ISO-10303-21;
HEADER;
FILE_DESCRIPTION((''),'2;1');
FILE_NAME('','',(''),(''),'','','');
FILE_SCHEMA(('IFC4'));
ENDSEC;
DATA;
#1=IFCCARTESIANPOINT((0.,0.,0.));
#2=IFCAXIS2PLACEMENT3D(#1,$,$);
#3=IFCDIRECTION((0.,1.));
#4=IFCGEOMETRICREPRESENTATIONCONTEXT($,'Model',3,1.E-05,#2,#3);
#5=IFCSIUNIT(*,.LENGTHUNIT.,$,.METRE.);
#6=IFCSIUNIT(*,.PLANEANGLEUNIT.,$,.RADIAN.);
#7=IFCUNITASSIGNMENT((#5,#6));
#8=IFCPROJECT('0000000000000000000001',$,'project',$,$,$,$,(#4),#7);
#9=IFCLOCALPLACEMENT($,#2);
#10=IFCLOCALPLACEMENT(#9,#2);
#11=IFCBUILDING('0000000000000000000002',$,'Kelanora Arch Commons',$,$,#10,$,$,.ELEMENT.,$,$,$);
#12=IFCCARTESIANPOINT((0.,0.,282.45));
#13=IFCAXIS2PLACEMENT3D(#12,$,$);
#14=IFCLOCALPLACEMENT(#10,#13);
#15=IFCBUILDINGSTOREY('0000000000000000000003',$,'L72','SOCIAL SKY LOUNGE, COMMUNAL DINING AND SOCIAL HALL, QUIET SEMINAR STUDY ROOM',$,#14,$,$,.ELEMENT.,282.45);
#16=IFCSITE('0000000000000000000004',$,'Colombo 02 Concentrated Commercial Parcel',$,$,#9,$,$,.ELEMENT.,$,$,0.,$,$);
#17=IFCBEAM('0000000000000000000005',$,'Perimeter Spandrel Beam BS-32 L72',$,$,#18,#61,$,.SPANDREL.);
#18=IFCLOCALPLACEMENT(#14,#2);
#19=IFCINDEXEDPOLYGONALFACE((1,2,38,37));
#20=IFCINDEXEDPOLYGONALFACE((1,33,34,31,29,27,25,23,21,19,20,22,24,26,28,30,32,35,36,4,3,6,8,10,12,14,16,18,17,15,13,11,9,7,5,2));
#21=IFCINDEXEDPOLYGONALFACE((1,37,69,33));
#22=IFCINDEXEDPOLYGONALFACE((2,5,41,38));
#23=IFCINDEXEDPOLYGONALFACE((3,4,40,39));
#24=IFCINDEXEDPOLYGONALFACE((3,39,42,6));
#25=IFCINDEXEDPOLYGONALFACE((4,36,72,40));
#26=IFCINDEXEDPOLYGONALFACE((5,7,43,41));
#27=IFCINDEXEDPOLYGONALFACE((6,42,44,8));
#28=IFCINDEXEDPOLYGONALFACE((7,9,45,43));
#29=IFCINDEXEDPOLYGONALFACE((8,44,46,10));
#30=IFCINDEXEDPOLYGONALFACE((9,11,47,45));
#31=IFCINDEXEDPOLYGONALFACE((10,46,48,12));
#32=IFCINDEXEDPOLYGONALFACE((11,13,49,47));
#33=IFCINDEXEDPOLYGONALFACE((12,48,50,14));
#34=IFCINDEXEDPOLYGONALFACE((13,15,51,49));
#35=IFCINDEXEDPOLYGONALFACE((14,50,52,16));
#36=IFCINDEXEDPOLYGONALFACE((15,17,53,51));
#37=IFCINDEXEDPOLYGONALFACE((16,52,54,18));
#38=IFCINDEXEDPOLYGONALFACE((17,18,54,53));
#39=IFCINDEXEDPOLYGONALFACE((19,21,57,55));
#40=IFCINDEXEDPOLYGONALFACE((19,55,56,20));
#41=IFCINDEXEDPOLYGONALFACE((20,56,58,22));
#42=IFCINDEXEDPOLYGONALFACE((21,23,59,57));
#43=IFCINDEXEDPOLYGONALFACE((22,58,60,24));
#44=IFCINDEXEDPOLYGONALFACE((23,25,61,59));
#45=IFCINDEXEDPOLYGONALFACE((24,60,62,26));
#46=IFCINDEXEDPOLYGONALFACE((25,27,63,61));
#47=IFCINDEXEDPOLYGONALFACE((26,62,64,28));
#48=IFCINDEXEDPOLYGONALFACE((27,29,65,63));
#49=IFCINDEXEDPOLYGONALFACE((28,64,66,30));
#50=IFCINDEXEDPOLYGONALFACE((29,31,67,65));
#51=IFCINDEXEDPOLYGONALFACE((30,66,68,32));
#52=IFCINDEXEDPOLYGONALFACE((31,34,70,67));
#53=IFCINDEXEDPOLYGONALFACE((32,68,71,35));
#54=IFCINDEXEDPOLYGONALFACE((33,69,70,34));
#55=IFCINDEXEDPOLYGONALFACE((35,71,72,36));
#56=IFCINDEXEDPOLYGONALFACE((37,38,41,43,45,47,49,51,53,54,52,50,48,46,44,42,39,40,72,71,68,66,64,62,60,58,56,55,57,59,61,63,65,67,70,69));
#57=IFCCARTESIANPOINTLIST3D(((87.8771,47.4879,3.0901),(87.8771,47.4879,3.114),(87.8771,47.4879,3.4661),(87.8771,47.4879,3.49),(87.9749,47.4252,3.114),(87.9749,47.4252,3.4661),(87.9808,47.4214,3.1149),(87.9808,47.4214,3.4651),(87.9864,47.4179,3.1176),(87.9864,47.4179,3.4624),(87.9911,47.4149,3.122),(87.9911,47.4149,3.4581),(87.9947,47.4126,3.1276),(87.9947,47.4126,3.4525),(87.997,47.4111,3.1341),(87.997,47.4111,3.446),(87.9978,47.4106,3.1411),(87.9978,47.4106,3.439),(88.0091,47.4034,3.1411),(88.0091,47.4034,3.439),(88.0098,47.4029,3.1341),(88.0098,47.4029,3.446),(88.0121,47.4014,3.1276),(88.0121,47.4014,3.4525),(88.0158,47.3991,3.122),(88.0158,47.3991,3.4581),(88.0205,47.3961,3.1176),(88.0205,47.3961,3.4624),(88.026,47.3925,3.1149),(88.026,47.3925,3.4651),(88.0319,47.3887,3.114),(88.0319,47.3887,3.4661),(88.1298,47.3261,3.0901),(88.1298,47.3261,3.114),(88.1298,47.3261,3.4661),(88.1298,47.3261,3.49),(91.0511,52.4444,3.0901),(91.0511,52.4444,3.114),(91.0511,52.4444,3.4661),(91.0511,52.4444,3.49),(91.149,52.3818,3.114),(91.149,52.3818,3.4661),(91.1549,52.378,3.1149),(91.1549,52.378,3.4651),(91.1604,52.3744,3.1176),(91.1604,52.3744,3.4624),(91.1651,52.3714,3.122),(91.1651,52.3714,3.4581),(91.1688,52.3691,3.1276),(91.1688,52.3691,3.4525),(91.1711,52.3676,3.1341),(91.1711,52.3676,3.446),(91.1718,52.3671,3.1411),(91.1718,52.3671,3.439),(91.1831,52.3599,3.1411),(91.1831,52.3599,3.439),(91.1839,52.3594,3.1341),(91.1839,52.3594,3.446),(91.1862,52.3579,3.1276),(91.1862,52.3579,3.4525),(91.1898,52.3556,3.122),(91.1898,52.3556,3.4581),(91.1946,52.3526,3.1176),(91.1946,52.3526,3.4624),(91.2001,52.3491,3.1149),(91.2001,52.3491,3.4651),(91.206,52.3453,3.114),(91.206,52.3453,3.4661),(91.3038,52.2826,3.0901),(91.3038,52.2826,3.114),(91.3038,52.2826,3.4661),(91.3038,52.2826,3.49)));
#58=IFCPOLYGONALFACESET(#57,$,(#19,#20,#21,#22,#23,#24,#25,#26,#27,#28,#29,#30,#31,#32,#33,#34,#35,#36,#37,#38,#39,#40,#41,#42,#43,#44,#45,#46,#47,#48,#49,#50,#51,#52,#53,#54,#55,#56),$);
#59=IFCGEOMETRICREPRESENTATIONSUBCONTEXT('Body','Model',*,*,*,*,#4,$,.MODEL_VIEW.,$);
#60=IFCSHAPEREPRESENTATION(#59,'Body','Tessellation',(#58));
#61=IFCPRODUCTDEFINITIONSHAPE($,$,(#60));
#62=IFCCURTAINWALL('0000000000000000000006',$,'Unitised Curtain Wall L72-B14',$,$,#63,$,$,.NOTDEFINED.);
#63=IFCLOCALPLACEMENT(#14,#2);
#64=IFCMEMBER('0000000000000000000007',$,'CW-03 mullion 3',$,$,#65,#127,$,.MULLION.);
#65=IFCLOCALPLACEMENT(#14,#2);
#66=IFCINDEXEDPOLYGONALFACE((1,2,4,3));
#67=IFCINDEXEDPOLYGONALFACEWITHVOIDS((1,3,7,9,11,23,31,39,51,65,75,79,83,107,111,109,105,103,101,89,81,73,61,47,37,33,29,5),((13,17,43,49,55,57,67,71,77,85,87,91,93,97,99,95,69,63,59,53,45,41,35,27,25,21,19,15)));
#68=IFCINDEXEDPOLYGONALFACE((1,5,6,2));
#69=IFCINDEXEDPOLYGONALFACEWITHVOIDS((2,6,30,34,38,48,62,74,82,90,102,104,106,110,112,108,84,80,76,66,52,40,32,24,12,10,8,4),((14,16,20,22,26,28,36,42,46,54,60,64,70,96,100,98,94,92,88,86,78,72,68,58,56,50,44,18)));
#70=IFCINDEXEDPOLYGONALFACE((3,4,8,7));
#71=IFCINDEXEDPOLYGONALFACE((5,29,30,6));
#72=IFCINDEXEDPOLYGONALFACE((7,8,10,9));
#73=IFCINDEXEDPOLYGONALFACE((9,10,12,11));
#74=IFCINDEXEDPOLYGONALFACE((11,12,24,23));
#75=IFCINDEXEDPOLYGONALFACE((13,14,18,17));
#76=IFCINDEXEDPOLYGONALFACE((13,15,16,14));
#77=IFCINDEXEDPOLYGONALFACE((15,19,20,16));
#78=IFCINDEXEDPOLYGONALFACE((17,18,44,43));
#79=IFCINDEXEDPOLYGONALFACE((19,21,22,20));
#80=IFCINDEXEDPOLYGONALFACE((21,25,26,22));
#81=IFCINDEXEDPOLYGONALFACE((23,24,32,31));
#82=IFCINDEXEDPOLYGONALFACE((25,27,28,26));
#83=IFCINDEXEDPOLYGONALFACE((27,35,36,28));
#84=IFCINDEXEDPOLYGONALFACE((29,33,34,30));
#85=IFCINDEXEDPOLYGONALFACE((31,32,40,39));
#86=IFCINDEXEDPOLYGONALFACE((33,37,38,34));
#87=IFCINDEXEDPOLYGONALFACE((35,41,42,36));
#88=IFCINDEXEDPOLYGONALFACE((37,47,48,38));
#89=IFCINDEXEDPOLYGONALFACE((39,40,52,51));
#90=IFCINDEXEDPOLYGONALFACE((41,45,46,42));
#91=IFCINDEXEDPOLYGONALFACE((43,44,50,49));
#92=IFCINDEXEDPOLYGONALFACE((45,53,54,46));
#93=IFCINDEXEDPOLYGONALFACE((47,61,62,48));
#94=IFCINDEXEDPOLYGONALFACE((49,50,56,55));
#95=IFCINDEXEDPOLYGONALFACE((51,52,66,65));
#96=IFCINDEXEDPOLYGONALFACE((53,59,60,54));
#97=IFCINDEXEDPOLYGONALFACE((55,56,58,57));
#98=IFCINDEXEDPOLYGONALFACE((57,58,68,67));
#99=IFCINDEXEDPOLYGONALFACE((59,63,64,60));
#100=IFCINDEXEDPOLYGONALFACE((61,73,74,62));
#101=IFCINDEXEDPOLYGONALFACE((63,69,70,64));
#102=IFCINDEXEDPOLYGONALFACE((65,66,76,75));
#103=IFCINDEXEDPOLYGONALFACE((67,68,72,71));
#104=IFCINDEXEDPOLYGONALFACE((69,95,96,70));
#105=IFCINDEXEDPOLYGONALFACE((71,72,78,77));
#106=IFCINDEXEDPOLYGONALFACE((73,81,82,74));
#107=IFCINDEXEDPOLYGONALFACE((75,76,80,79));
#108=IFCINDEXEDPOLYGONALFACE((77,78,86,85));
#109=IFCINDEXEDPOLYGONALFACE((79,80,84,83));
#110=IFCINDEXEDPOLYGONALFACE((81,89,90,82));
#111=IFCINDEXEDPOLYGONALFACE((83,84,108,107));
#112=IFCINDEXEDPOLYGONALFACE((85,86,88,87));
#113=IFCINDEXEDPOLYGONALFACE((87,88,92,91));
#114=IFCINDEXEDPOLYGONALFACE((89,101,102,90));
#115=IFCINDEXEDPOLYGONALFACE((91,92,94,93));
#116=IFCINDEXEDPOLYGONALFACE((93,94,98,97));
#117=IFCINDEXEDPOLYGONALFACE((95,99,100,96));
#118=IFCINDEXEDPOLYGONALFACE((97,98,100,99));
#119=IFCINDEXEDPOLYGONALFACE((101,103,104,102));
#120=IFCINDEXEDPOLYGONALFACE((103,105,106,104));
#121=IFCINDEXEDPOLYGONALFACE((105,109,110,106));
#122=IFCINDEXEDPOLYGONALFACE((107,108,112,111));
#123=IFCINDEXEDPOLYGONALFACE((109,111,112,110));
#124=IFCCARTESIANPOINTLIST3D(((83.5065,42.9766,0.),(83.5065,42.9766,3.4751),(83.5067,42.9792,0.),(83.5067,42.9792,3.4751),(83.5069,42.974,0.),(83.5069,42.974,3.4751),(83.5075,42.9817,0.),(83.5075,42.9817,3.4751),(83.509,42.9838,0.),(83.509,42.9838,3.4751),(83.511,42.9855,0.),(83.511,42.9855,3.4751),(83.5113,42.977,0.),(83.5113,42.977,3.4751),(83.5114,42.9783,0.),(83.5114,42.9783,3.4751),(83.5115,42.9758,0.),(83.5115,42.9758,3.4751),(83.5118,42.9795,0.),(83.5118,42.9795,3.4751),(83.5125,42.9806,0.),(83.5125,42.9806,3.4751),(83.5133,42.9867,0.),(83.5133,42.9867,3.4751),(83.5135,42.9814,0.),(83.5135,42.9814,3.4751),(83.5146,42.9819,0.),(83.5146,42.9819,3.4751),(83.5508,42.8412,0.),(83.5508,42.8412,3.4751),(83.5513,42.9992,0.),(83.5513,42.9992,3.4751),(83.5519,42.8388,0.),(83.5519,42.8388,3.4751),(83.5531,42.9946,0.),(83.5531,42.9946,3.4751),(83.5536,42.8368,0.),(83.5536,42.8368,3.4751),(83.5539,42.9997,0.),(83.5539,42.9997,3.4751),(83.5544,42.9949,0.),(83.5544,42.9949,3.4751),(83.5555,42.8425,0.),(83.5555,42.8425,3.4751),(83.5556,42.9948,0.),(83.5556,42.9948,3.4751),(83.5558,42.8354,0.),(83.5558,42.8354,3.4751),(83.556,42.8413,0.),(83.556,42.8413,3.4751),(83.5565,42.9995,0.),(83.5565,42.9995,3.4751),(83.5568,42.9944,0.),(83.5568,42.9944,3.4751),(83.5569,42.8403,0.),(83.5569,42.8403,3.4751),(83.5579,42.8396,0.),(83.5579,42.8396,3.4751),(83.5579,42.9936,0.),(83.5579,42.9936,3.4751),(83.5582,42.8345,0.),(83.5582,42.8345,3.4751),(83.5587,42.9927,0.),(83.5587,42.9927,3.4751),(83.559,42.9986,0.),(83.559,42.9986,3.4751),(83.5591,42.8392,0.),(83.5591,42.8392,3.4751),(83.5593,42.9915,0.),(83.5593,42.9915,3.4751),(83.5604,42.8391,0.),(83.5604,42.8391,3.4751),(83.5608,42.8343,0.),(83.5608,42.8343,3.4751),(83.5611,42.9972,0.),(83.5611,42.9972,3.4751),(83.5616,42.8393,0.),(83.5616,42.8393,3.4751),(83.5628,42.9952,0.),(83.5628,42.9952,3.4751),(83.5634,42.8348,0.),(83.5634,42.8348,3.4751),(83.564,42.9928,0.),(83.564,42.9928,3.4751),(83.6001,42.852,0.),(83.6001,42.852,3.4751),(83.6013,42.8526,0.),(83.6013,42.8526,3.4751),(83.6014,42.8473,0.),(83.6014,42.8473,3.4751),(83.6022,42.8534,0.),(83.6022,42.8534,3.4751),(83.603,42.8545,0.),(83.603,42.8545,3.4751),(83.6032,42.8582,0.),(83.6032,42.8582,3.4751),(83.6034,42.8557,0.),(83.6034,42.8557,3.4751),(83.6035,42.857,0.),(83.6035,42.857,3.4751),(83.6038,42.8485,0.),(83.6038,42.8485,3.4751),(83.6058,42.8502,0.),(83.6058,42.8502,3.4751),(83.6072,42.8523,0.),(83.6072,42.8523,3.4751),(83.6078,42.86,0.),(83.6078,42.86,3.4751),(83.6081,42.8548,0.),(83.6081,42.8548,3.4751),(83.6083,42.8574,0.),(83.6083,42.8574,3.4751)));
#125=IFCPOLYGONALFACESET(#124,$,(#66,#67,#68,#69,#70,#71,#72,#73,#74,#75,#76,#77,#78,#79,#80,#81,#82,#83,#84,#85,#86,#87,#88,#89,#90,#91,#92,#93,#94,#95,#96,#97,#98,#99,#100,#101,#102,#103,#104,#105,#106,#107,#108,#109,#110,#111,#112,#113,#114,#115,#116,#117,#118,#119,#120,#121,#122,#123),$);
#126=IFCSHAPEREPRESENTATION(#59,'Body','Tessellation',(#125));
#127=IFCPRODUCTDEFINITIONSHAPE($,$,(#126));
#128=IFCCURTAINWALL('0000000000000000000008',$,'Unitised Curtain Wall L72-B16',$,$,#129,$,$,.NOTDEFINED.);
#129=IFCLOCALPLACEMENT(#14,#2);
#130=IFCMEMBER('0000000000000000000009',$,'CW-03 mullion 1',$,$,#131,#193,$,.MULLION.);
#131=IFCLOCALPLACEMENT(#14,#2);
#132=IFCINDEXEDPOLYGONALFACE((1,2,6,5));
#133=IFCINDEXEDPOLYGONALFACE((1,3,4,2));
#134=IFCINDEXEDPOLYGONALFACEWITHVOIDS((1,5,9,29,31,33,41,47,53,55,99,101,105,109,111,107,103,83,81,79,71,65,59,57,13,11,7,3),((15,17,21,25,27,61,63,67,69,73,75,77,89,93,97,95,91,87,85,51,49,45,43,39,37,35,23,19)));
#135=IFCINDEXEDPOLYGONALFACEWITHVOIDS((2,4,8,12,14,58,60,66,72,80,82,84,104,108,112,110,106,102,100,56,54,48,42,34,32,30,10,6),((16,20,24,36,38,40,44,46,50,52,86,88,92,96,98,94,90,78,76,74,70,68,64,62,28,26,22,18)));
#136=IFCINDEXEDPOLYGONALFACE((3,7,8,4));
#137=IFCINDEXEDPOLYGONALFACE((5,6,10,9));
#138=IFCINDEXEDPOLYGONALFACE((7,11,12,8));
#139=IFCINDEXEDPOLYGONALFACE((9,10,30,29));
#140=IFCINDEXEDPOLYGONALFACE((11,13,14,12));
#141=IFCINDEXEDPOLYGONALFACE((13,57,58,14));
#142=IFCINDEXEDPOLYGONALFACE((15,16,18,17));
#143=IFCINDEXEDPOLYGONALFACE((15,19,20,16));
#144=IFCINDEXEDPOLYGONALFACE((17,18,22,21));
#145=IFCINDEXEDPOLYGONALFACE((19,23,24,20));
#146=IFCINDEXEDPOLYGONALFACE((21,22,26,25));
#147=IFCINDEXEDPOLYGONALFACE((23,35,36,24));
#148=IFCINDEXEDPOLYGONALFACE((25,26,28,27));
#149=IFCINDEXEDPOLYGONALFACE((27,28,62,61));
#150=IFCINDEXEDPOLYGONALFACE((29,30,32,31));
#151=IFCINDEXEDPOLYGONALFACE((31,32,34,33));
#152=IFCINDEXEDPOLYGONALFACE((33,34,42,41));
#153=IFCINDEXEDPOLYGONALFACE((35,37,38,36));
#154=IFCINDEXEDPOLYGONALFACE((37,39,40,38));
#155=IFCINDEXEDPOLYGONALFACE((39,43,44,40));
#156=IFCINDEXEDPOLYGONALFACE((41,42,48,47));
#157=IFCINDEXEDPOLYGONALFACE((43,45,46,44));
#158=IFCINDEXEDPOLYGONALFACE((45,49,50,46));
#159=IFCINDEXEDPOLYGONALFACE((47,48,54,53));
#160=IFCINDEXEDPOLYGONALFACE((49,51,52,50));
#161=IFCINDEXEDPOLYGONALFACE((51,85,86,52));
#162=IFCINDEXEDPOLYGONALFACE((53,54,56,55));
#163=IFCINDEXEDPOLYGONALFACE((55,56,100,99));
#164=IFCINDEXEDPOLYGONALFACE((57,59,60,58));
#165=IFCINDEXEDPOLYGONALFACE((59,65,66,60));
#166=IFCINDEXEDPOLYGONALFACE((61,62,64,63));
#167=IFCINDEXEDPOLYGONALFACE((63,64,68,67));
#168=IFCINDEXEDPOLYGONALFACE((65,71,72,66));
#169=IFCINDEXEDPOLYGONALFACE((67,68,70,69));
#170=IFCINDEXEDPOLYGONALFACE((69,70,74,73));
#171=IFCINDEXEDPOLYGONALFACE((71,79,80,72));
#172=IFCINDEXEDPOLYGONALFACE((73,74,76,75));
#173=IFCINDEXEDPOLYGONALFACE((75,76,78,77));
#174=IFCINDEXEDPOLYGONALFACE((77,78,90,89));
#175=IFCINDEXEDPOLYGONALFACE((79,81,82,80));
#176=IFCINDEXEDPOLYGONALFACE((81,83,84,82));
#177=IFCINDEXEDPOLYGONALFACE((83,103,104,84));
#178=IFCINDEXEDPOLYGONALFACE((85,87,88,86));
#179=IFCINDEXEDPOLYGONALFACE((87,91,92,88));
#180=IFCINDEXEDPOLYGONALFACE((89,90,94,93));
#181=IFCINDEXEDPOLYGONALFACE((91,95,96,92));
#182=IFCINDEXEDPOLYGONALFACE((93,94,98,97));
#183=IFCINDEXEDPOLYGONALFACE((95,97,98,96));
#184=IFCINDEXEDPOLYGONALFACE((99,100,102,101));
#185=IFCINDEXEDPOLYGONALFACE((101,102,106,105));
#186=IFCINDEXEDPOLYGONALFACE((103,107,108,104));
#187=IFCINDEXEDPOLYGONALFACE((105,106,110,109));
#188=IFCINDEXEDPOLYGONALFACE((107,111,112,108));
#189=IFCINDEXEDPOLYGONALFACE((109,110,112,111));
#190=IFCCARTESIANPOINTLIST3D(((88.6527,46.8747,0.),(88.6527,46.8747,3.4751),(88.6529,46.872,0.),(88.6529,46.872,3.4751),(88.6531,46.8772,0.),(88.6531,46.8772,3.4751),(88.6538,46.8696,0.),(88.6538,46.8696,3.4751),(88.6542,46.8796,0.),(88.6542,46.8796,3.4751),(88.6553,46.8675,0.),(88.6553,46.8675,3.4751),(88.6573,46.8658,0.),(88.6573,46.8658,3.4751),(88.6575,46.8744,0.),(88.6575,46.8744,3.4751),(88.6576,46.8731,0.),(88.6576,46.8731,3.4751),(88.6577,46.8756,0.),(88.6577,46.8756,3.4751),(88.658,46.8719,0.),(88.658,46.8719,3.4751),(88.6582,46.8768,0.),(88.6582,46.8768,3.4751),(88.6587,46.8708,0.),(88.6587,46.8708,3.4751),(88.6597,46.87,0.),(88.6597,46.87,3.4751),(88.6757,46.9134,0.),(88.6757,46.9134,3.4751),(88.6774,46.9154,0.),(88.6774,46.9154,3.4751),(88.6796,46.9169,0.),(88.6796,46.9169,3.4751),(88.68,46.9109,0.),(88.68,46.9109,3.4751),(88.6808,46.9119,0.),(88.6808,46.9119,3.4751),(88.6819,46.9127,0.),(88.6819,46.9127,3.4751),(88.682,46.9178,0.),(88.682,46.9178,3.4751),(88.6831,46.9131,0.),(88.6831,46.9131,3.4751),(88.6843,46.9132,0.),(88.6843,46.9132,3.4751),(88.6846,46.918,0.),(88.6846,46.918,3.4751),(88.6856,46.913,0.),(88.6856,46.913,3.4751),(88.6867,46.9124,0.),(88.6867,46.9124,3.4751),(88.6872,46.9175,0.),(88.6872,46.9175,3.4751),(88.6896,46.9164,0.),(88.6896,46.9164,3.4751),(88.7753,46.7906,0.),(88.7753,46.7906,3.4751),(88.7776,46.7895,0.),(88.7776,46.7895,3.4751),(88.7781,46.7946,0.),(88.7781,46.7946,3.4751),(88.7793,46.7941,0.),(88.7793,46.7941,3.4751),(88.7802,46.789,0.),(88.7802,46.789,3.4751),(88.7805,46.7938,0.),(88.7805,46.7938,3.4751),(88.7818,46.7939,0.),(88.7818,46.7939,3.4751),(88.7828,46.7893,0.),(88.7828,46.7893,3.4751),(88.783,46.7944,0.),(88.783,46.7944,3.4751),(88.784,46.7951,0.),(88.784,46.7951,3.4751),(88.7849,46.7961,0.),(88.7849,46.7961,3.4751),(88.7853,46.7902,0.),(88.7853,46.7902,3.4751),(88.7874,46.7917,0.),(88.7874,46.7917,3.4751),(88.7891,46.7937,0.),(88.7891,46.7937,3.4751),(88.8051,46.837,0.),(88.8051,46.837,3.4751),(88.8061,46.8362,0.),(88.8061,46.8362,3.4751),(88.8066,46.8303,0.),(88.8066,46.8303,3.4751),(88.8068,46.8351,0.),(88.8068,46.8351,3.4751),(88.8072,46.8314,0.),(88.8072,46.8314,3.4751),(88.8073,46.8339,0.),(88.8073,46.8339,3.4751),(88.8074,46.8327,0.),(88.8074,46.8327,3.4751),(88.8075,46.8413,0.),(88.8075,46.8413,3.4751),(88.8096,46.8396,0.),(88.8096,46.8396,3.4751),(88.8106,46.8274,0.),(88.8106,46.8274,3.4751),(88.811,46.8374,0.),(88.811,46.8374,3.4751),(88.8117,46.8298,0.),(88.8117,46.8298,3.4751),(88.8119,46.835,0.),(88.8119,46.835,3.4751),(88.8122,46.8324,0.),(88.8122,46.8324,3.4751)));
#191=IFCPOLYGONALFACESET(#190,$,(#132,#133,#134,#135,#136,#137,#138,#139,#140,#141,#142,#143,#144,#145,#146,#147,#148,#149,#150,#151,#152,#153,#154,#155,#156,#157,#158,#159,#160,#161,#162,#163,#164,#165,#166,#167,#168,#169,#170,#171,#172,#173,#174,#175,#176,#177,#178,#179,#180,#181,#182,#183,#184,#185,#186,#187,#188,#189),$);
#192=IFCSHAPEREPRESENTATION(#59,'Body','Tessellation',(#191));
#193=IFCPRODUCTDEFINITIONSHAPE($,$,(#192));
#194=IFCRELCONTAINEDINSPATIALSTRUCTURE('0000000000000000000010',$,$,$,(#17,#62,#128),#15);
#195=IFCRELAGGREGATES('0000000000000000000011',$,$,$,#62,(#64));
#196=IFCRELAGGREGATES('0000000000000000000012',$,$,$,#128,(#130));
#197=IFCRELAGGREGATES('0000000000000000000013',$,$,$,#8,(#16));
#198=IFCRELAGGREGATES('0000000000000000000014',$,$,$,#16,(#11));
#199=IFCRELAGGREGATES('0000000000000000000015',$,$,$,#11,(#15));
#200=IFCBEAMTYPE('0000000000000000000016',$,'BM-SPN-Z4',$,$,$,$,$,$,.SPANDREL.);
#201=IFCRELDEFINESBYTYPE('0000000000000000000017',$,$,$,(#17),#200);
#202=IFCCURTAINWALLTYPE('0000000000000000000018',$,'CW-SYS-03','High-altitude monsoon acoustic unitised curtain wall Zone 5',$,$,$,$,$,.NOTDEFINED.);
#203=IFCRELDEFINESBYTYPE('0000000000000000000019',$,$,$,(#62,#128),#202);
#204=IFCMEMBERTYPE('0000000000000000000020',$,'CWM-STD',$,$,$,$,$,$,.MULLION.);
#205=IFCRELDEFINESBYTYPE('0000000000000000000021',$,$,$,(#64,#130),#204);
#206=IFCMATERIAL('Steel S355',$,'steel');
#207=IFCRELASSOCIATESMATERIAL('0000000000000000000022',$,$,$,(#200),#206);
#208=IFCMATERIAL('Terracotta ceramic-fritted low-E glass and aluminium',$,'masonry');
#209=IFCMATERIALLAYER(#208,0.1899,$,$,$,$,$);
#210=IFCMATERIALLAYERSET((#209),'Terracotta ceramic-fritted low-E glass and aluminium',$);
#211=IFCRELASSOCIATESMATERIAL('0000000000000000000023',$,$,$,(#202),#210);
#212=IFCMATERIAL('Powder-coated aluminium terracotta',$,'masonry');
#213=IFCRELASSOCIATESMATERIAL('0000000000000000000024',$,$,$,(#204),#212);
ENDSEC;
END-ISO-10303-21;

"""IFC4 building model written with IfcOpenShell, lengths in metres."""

from ifc_helpers import new_model, si_unit, direction, frame, origin, origin_2d, place, context, subcontext, project, spatial, hollow_rectangle, i_section, extrude, material, layer, layer_set, material_profile, profile_set, type_object, element, aggregate, save


model = new_model("IFC4")

# Units and contexts
model_context = context("Model", 3, precision=1e-05, world=origin(), true_north=direction((0.0, 1.0)))
body_context = subcontext(model_context, "Body", "Model", "MODEL_VIEW")
ifc_project = project(units=[si_unit("LENGTHUNIT", "METRE"), si_unit("PLANEANGLEUNIT", "RADIAN")], contexts=[model_context])

# Site, building, storey
site_placement = place(None, origin())
site = spatial("IfcSite", under=ifc_project, at=site_placement, Name="Colombo 02 Concentrated Commercial Parcel", CompositionType="ELEMENT", RefElevation=0.0)
building_placement = place(site_placement, origin())
building = spatial("IfcBuilding", under=site, at=building_placement, Name="Kelanora Arch Commons", CompositionType="ELEMENT")
storey_placement = place(building_placement, frame((0.0, 0.0, 282.45)))
storey = spatial("IfcBuildingStorey", under=building, at=storey_placement, Name="L72", Description="SOCIAL SKY LOUNGE, COMMUNAL DINING AND SOCIAL HALL, QUIET SEMINAR STUDY ROOM", CompositionType="ELEMENT", Elevation=282.45)

# Beam
ifc_material_1 = material(Name="Steel S355", Category="steel")
ifc_material_profile_1 = material_profile(ifc_material_1, i_section(OverallWidth=0.3, OverallDepth=0.3999, WebThickness=0.0134, FlangeThickness=0.0239, FilletRadius=0.0271, at=origin_2d()), Name="HEB400")
ifc_profile_set_1 = profile_set([ifc_material_profile_1], Name="Steel S355")
beam_type_1 = type_object("IfcBeamType", Name="BM-SPN-Z4", PredefinedType="SPANDREL", material=ifc_profile_set_1)
beam_1_placement = place(storey_placement, frame((88.0034, 47.407, 3.29), z_axis=(0.539281, 0.842126, 0.0), x_axis=(-0.842126, 0.539281, 0.0)))
element("IfcBeam", 1, at=beam_1_placement, inside=storey, type_object=beam_type_1, Name="Perimeter Spandrel Beam BS-32 L72", PredefinedType="SPANDREL", context=body_context, shape_type="SweptSolid", body=[
    extrude(i_section(OverallWidth=0.3, OverallDepth=0.3999, WebThickness=0.0134, FlangeThickness=0.0239, FilletRadius=0.0271, at=origin_2d()), origin(), (0.0, 0.0, 1.0), 5.8857),
])

# Curtain wall, member
ifc_material_2 = material(Name="Terracotta ceramic-fritted low-E glass and aluminium", Category="masonry")
ifc_layer_1 = layer(ifc_material_2, 0.1899)
ifc_layer_set_1 = layer_set([ifc_layer_1], Name="Terracotta ceramic-fritted low-E glass and aluminium")
curtain_wall_type = type_object("IfcCurtainWallType", Name="CW-SYS-03", Description="High-altitude monsoon acoustic unitised curtain wall Zone 5", PredefinedType="NOTDEFINED", material=ifc_layer_set_1)
curtain_wall_1_placement = place(storey_placement, origin())
curtain_wall_1 = element("IfcCurtainWall", 2, at=curtain_wall_1_placement, inside=storey, type_object=curtain_wall_type, Name="Unitised Curtain Wall L72-B14", PredefinedType="NOTDEFINED")
ifc_material_3 = material(Name="Powder-coated aluminium terracotta", Category="masonry")
ifc_material_profile_2 = material_profile(ifc_material_3, hollow_rectangle(XDim=0.1599, YDim=0.0601, WallThickness=0.0049, InnerFilletRadius=0.0049, OuterFilletRadius=0.01, at=origin_2d()), Name="CWM160x60")
ifc_profile_set_2 = profile_set([ifc_material_profile_2], Name="Powder-coated aluminium terracotta")
member_type_1 = type_object("IfcMemberType", Name="CWM-STD", PredefinedType="MULLION", material=ifc_profile_set_2)
member_1_placement = place(storey_placement, frame((83.5574, 42.917, 0.0), z_axis=(0.0, 0.0, 1.0), x_axis=(-0.313253, 0.94967, 0.0)))
member_1 = element("IfcMember", 3, at=member_1_placement, type_object=member_type_1, Name="CW-03 mullion 3", PredefinedType="MULLION", context=body_context, shape_type="SweptSolid", body=[
    extrude(hollow_rectangle(XDim=0.1599, YDim=0.0601, WallThickness=0.0049, InnerFilletRadius=0.0049, OuterFilletRadius=0.01, at=origin_2d()), origin(), (0.0, 0.0, 1.0), 3.4751),
])
aggregate(curtain_wall_1, [member_1])

# Curtain wall, member
curtain_wall_2_placement = place(storey_placement, origin())
curtain_wall_2 = element("IfcCurtainWall", 4, at=curtain_wall_2_placement, inside=storey, type_object=curtain_wall_type, Name="Unitised Curtain Wall L72-B16", PredefinedType="NOTDEFINED")
member_2_placement = place(storey_placement, frame((88.7324, 46.8535, 0.0), z_axis=(0.0, 0.0, 1.0), x_axis=(-0.843391, 0.5373, 0.0)))
member_2 = element("IfcMember", 5, at=member_2_placement, type_object=member_type_1, Name="CW-03 mullion 1", PredefinedType="MULLION", context=body_context, shape_type="SweptSolid", body=[
    extrude(hollow_rectangle(XDim=0.1599, YDim=0.0601, WallThickness=0.0049, InnerFilletRadius=0.0049, OuterFilletRadius=0.01, at=origin_2d()), origin(), (0.0, 0.0, 1.0), 3.4751),
])
aggregate(curtain_wall_2, [member_2])

save(model, "model.ifc")
